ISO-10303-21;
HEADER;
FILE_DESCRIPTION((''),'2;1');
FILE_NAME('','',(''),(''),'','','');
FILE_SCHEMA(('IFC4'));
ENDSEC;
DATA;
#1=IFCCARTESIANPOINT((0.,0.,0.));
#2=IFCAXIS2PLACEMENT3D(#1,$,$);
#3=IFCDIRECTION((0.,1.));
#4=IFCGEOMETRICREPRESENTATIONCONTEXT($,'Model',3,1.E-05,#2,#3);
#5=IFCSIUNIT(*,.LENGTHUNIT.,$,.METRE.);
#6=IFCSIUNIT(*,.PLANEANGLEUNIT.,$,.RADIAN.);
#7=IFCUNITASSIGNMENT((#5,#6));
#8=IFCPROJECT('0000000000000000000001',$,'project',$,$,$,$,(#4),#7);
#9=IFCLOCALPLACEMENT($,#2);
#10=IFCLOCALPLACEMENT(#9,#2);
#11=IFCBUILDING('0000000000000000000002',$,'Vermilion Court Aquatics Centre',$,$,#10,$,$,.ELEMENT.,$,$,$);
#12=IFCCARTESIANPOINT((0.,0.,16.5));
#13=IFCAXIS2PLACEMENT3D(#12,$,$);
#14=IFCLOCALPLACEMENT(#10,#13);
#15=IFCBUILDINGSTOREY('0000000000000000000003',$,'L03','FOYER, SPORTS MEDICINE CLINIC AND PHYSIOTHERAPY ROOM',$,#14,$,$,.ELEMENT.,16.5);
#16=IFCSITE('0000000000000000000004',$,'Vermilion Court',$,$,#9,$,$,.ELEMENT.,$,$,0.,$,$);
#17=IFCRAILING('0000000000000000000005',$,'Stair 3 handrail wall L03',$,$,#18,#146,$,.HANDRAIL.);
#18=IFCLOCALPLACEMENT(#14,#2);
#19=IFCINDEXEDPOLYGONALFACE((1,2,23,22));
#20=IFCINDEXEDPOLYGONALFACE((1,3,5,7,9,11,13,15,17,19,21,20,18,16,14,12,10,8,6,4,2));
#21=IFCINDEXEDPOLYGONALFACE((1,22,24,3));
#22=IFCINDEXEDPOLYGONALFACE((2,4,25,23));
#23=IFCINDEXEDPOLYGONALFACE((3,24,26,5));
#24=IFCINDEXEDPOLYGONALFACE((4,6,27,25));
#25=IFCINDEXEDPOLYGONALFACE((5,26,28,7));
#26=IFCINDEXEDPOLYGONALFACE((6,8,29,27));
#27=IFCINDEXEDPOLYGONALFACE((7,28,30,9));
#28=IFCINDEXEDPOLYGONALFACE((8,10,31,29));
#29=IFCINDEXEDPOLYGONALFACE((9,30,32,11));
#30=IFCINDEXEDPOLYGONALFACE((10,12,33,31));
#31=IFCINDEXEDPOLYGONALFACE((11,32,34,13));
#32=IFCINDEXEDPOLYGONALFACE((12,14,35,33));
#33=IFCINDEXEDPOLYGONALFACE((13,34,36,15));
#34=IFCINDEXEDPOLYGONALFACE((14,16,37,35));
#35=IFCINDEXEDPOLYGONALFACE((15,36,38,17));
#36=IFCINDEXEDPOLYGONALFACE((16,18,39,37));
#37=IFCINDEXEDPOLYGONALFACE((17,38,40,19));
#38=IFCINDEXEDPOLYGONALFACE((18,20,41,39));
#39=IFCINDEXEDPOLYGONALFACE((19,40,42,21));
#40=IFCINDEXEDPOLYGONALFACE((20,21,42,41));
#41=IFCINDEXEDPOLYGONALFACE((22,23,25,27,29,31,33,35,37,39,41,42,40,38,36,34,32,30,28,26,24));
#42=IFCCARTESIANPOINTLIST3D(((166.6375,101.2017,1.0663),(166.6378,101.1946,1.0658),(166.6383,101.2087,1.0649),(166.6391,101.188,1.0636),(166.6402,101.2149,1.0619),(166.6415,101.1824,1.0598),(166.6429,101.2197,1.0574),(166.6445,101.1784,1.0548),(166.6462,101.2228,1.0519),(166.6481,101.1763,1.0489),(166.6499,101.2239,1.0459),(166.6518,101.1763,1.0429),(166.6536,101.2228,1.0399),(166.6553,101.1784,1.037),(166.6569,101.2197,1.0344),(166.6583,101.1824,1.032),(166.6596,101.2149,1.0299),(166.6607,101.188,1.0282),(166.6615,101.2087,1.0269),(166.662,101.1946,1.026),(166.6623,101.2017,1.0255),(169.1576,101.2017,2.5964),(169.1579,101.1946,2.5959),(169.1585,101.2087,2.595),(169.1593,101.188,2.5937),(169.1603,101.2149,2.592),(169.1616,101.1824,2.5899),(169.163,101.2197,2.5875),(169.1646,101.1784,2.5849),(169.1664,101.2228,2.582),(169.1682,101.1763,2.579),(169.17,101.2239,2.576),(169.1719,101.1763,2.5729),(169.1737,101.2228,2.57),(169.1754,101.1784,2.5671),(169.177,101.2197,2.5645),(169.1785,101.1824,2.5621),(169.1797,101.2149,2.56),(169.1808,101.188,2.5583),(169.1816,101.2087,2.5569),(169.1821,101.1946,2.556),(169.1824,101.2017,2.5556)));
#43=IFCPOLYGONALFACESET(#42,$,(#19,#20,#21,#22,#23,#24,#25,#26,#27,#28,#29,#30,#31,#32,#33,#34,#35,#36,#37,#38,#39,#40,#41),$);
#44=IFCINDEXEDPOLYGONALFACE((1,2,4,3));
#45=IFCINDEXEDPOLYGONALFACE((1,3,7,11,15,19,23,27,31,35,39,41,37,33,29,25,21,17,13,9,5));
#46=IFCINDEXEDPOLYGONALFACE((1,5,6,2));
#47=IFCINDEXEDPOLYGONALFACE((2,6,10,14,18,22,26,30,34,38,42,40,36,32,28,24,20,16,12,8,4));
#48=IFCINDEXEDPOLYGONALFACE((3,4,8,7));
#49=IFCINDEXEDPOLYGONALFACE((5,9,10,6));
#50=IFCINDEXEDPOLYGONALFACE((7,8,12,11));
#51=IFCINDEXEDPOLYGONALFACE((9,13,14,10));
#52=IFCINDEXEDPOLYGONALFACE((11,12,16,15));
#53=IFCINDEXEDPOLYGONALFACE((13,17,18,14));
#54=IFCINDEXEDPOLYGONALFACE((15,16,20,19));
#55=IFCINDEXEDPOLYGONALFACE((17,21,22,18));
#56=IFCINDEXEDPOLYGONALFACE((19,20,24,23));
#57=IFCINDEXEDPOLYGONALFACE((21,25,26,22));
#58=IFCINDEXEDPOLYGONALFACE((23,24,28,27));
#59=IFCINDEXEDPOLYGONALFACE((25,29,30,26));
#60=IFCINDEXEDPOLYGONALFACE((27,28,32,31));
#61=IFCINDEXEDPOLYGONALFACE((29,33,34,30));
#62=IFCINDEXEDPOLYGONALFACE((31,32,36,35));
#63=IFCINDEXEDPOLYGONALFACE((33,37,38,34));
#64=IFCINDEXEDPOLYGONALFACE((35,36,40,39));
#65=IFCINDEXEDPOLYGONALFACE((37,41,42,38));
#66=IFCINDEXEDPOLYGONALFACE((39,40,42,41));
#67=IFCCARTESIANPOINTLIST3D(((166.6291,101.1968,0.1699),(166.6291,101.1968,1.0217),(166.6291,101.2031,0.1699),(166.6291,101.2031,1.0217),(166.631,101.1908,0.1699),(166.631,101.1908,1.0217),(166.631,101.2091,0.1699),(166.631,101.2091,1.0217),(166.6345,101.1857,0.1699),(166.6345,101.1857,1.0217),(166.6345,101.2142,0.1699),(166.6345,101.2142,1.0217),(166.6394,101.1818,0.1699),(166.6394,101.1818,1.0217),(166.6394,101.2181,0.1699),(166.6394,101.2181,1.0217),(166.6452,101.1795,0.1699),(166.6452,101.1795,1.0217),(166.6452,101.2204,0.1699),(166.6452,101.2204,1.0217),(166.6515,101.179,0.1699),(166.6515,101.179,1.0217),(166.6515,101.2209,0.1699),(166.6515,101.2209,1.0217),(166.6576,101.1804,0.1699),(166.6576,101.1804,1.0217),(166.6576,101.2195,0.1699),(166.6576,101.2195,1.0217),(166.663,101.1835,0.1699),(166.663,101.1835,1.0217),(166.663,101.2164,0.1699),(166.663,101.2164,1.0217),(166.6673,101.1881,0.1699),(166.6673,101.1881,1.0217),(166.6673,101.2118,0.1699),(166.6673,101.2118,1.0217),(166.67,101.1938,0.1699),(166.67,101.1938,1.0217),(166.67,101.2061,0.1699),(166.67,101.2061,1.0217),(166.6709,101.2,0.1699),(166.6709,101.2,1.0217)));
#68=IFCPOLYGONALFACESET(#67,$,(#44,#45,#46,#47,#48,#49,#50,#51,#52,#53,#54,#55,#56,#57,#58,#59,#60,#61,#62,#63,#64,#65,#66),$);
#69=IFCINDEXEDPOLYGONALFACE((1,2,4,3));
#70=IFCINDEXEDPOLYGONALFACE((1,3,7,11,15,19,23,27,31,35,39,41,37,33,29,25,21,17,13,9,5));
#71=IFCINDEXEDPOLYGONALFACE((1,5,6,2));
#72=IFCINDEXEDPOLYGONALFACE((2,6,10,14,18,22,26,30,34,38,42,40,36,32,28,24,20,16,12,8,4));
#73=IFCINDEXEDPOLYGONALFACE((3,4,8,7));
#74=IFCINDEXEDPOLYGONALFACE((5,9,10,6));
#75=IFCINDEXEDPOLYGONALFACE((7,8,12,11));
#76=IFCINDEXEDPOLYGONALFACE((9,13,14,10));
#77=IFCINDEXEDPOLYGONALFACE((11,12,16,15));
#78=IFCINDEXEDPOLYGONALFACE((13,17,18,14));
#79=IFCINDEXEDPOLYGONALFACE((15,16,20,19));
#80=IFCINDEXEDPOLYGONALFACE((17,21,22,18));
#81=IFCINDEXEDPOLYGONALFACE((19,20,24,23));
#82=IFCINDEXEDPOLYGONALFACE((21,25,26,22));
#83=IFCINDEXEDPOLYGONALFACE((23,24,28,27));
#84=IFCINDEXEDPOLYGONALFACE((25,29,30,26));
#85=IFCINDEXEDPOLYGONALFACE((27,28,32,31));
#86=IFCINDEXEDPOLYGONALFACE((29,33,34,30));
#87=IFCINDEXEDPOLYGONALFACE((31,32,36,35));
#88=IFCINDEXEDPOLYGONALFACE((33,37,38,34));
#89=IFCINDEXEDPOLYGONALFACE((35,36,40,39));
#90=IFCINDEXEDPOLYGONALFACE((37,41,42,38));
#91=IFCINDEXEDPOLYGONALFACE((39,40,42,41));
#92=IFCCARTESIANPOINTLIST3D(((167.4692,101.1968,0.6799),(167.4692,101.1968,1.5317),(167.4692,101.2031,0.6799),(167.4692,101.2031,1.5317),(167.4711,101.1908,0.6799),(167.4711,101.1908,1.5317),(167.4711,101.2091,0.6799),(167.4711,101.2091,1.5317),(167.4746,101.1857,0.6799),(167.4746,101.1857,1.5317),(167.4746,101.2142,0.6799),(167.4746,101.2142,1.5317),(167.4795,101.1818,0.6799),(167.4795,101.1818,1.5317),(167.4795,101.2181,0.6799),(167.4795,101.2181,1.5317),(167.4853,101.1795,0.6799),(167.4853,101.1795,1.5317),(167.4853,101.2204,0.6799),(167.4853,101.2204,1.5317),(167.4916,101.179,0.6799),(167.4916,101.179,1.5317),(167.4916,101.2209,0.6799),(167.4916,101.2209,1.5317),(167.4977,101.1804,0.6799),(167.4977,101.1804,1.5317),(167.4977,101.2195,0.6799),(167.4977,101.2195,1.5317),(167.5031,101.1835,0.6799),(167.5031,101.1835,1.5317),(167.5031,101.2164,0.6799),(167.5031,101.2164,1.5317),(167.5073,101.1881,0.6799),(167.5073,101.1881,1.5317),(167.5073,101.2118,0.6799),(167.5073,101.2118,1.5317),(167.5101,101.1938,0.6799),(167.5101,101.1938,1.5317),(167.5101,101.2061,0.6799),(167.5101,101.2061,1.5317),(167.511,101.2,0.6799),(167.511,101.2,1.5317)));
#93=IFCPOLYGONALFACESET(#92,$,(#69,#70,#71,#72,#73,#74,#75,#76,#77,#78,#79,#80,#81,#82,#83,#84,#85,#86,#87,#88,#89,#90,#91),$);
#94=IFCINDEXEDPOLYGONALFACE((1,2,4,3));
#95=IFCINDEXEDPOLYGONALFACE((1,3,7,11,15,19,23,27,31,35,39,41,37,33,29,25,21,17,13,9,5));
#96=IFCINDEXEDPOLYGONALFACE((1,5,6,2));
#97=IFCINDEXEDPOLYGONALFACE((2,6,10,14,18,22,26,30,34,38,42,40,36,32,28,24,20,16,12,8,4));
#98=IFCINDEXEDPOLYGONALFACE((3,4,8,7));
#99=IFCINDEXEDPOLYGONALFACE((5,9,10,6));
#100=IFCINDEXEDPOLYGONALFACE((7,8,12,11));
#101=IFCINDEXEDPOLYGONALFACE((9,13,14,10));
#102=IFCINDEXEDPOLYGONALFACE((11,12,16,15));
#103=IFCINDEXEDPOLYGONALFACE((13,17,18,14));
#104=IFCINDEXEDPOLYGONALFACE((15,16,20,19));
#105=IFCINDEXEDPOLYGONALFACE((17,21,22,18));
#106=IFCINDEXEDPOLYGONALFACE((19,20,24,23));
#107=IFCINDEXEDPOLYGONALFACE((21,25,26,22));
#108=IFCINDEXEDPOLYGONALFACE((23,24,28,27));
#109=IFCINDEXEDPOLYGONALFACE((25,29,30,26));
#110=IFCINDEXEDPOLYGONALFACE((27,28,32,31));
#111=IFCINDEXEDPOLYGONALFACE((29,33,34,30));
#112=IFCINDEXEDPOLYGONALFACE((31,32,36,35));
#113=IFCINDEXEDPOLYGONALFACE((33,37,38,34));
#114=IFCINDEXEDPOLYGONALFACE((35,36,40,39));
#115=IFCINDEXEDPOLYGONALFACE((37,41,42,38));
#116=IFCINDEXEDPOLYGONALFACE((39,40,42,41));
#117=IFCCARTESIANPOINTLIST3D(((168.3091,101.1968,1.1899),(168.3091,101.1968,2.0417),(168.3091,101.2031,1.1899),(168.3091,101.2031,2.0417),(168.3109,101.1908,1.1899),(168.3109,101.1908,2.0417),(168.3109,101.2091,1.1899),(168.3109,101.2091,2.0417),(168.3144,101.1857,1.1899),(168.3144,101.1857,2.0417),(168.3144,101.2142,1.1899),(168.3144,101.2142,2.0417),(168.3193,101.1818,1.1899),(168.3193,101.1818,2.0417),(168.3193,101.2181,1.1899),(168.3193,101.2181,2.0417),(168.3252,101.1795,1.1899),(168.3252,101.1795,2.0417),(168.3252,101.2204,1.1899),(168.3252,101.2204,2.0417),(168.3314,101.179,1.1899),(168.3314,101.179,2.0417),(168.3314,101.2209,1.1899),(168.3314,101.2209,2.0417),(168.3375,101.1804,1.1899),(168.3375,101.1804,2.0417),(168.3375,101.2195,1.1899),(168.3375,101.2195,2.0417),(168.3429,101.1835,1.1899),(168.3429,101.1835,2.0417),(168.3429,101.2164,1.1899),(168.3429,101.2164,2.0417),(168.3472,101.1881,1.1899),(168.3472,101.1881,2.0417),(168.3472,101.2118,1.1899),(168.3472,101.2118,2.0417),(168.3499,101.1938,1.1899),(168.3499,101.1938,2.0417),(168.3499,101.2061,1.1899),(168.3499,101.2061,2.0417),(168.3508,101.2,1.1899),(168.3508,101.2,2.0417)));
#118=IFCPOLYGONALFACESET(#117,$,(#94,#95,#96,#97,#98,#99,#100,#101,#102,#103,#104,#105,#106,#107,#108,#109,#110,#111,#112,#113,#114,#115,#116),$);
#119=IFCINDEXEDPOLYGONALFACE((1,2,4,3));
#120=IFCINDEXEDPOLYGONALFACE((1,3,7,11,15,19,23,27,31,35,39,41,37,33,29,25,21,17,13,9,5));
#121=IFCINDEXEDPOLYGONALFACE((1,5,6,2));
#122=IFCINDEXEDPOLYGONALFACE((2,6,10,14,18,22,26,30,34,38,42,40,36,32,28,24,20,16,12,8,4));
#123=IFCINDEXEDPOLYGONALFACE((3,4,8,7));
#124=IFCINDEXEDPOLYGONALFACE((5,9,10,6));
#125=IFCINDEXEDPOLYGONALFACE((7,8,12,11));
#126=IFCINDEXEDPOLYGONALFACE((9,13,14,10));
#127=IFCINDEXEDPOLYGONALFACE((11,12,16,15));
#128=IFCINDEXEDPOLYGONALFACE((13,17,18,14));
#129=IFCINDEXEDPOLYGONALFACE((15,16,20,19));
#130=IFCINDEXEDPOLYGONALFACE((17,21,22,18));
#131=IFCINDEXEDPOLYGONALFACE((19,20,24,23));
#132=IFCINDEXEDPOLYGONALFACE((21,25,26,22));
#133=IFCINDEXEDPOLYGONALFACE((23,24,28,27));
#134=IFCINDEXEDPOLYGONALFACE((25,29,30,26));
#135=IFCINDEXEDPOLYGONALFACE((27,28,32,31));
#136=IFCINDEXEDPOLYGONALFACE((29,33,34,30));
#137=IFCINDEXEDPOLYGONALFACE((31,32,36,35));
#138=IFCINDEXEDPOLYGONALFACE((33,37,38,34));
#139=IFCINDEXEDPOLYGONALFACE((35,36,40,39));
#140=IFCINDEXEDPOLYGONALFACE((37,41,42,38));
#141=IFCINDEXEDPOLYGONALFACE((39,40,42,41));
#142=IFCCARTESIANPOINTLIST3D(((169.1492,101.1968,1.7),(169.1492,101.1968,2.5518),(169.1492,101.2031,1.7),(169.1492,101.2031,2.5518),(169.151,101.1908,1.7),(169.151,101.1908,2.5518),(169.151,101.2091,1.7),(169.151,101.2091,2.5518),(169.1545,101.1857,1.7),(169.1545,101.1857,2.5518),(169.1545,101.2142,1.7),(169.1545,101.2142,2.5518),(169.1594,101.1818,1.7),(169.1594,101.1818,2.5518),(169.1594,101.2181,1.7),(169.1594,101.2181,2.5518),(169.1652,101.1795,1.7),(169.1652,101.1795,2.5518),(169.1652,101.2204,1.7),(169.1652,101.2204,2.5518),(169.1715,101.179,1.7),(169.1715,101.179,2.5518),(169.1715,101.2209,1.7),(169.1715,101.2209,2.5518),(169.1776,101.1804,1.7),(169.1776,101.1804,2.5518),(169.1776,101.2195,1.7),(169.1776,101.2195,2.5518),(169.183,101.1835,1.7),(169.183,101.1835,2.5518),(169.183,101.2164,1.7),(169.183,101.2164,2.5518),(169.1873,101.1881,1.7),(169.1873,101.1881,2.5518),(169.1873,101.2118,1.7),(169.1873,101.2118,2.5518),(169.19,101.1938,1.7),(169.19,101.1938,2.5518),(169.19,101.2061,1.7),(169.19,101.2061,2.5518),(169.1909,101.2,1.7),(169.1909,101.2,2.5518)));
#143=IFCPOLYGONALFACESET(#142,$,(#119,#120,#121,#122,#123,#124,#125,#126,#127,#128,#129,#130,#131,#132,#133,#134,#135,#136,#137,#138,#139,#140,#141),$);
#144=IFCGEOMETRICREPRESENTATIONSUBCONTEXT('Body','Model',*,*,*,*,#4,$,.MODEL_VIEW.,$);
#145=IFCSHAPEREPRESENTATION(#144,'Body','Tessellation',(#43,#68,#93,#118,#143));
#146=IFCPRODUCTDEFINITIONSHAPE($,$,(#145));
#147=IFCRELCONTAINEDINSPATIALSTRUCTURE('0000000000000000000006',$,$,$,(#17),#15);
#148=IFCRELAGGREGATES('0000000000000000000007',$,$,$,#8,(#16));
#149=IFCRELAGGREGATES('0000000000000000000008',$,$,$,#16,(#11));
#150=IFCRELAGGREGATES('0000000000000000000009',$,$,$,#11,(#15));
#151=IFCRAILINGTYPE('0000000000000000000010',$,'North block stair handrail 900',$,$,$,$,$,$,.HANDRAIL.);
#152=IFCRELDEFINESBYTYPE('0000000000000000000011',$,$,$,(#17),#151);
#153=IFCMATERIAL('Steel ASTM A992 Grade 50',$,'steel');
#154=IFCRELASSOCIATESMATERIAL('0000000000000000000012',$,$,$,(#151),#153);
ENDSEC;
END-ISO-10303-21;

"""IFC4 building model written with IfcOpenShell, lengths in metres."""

from ifc_helpers import new_model, si_unit, direction, frame, origin, origin_2d, place, context, subcontext, project, spatial, circle, extrude, material, type_object, element, save


model = new_model("IFC4")

# Units and contexts
model_context = context("Model", 3, precision=1e-05, world=origin(), true_north=direction((0.0, 1.0)))
body_context = subcontext(model_context, "Body", "Model", "MODEL_VIEW")
ifc_project = project(units=[si_unit("LENGTHUNIT", "METRE"), si_unit("PLANEANGLEUNIT", "RADIAN")], contexts=[model_context])

# Site, building, storey
site_placement = place(None, origin())
site = spatial("IfcSite", under=ifc_project, at=site_placement, Name="Vermilion Court", CompositionType="ELEMENT", RefElevation=0.0)
building_placement = place(site_placement, origin())
building = spatial("IfcBuilding", under=site, at=building_placement, Name="Vermilion Court Aquatics Centre", CompositionType="ELEMENT")
storey_placement = place(building_placement, frame((0.0, 0.0, 16.5)))
storey = spatial("IfcBuildingStorey", under=building, at=storey_placement, Name="L03", Description="FOYER, SPORTS MEDICINE CLINIC AND PHYSIOTHERAPY ROOM", CompositionType="ELEMENT", Elevation=16.5)

# Railing
ifc_material_1 = material(Name="Steel ASTM A992 Grade 50", Category="steel")
railing_type_1 = type_object("IfcRailingType", Name="North block stair handrail 900", PredefinedType="HANDRAIL", material=ifc_material_1)
for number, where, name in (
    (1, (166.6499, 101.2, 0.1699), "Stair 3 handrail wall L03"),
):
    element("IfcRailing", number, at=place(storey_placement, frame(where)), inside=storey, type_object=railing_type_1, Name=name, PredefinedType="HANDRAIL", context=body_context, shape_type="SweptSolid", body=[
        extrude(circle(Radius=0.0239, at=origin_2d()), frame((0.0, 0.0, 0.876), z_axis=(0.854785, 0.0, 0.518982), x_axis=(0.0, 1.0, 0.0)), (0.0, 0.0, 1.0), 2.9482),
        extrude(circle(Radius=0.021, at=origin_2d()), origin(), (0.0, 0.0, 1.0), 0.8518),
        extrude(circle(Radius=0.021, at=origin_2d()), frame((0.8401, 0.0, 0.51)), (0.0, 0.0, 1.0), 0.8518),
        extrude(circle(Radius=0.021, at=origin_2d()), frame((1.6799, 0.0, 1.02)), (0.0, 0.0, 1.0), 0.8518),
        extrude(circle(Radius=0.021, at=origin_2d()), frame((2.52, 0.0, 1.53)), (0.0, 0.0, 1.0), 0.8518),
    ])

save(model, "model.ifc")
